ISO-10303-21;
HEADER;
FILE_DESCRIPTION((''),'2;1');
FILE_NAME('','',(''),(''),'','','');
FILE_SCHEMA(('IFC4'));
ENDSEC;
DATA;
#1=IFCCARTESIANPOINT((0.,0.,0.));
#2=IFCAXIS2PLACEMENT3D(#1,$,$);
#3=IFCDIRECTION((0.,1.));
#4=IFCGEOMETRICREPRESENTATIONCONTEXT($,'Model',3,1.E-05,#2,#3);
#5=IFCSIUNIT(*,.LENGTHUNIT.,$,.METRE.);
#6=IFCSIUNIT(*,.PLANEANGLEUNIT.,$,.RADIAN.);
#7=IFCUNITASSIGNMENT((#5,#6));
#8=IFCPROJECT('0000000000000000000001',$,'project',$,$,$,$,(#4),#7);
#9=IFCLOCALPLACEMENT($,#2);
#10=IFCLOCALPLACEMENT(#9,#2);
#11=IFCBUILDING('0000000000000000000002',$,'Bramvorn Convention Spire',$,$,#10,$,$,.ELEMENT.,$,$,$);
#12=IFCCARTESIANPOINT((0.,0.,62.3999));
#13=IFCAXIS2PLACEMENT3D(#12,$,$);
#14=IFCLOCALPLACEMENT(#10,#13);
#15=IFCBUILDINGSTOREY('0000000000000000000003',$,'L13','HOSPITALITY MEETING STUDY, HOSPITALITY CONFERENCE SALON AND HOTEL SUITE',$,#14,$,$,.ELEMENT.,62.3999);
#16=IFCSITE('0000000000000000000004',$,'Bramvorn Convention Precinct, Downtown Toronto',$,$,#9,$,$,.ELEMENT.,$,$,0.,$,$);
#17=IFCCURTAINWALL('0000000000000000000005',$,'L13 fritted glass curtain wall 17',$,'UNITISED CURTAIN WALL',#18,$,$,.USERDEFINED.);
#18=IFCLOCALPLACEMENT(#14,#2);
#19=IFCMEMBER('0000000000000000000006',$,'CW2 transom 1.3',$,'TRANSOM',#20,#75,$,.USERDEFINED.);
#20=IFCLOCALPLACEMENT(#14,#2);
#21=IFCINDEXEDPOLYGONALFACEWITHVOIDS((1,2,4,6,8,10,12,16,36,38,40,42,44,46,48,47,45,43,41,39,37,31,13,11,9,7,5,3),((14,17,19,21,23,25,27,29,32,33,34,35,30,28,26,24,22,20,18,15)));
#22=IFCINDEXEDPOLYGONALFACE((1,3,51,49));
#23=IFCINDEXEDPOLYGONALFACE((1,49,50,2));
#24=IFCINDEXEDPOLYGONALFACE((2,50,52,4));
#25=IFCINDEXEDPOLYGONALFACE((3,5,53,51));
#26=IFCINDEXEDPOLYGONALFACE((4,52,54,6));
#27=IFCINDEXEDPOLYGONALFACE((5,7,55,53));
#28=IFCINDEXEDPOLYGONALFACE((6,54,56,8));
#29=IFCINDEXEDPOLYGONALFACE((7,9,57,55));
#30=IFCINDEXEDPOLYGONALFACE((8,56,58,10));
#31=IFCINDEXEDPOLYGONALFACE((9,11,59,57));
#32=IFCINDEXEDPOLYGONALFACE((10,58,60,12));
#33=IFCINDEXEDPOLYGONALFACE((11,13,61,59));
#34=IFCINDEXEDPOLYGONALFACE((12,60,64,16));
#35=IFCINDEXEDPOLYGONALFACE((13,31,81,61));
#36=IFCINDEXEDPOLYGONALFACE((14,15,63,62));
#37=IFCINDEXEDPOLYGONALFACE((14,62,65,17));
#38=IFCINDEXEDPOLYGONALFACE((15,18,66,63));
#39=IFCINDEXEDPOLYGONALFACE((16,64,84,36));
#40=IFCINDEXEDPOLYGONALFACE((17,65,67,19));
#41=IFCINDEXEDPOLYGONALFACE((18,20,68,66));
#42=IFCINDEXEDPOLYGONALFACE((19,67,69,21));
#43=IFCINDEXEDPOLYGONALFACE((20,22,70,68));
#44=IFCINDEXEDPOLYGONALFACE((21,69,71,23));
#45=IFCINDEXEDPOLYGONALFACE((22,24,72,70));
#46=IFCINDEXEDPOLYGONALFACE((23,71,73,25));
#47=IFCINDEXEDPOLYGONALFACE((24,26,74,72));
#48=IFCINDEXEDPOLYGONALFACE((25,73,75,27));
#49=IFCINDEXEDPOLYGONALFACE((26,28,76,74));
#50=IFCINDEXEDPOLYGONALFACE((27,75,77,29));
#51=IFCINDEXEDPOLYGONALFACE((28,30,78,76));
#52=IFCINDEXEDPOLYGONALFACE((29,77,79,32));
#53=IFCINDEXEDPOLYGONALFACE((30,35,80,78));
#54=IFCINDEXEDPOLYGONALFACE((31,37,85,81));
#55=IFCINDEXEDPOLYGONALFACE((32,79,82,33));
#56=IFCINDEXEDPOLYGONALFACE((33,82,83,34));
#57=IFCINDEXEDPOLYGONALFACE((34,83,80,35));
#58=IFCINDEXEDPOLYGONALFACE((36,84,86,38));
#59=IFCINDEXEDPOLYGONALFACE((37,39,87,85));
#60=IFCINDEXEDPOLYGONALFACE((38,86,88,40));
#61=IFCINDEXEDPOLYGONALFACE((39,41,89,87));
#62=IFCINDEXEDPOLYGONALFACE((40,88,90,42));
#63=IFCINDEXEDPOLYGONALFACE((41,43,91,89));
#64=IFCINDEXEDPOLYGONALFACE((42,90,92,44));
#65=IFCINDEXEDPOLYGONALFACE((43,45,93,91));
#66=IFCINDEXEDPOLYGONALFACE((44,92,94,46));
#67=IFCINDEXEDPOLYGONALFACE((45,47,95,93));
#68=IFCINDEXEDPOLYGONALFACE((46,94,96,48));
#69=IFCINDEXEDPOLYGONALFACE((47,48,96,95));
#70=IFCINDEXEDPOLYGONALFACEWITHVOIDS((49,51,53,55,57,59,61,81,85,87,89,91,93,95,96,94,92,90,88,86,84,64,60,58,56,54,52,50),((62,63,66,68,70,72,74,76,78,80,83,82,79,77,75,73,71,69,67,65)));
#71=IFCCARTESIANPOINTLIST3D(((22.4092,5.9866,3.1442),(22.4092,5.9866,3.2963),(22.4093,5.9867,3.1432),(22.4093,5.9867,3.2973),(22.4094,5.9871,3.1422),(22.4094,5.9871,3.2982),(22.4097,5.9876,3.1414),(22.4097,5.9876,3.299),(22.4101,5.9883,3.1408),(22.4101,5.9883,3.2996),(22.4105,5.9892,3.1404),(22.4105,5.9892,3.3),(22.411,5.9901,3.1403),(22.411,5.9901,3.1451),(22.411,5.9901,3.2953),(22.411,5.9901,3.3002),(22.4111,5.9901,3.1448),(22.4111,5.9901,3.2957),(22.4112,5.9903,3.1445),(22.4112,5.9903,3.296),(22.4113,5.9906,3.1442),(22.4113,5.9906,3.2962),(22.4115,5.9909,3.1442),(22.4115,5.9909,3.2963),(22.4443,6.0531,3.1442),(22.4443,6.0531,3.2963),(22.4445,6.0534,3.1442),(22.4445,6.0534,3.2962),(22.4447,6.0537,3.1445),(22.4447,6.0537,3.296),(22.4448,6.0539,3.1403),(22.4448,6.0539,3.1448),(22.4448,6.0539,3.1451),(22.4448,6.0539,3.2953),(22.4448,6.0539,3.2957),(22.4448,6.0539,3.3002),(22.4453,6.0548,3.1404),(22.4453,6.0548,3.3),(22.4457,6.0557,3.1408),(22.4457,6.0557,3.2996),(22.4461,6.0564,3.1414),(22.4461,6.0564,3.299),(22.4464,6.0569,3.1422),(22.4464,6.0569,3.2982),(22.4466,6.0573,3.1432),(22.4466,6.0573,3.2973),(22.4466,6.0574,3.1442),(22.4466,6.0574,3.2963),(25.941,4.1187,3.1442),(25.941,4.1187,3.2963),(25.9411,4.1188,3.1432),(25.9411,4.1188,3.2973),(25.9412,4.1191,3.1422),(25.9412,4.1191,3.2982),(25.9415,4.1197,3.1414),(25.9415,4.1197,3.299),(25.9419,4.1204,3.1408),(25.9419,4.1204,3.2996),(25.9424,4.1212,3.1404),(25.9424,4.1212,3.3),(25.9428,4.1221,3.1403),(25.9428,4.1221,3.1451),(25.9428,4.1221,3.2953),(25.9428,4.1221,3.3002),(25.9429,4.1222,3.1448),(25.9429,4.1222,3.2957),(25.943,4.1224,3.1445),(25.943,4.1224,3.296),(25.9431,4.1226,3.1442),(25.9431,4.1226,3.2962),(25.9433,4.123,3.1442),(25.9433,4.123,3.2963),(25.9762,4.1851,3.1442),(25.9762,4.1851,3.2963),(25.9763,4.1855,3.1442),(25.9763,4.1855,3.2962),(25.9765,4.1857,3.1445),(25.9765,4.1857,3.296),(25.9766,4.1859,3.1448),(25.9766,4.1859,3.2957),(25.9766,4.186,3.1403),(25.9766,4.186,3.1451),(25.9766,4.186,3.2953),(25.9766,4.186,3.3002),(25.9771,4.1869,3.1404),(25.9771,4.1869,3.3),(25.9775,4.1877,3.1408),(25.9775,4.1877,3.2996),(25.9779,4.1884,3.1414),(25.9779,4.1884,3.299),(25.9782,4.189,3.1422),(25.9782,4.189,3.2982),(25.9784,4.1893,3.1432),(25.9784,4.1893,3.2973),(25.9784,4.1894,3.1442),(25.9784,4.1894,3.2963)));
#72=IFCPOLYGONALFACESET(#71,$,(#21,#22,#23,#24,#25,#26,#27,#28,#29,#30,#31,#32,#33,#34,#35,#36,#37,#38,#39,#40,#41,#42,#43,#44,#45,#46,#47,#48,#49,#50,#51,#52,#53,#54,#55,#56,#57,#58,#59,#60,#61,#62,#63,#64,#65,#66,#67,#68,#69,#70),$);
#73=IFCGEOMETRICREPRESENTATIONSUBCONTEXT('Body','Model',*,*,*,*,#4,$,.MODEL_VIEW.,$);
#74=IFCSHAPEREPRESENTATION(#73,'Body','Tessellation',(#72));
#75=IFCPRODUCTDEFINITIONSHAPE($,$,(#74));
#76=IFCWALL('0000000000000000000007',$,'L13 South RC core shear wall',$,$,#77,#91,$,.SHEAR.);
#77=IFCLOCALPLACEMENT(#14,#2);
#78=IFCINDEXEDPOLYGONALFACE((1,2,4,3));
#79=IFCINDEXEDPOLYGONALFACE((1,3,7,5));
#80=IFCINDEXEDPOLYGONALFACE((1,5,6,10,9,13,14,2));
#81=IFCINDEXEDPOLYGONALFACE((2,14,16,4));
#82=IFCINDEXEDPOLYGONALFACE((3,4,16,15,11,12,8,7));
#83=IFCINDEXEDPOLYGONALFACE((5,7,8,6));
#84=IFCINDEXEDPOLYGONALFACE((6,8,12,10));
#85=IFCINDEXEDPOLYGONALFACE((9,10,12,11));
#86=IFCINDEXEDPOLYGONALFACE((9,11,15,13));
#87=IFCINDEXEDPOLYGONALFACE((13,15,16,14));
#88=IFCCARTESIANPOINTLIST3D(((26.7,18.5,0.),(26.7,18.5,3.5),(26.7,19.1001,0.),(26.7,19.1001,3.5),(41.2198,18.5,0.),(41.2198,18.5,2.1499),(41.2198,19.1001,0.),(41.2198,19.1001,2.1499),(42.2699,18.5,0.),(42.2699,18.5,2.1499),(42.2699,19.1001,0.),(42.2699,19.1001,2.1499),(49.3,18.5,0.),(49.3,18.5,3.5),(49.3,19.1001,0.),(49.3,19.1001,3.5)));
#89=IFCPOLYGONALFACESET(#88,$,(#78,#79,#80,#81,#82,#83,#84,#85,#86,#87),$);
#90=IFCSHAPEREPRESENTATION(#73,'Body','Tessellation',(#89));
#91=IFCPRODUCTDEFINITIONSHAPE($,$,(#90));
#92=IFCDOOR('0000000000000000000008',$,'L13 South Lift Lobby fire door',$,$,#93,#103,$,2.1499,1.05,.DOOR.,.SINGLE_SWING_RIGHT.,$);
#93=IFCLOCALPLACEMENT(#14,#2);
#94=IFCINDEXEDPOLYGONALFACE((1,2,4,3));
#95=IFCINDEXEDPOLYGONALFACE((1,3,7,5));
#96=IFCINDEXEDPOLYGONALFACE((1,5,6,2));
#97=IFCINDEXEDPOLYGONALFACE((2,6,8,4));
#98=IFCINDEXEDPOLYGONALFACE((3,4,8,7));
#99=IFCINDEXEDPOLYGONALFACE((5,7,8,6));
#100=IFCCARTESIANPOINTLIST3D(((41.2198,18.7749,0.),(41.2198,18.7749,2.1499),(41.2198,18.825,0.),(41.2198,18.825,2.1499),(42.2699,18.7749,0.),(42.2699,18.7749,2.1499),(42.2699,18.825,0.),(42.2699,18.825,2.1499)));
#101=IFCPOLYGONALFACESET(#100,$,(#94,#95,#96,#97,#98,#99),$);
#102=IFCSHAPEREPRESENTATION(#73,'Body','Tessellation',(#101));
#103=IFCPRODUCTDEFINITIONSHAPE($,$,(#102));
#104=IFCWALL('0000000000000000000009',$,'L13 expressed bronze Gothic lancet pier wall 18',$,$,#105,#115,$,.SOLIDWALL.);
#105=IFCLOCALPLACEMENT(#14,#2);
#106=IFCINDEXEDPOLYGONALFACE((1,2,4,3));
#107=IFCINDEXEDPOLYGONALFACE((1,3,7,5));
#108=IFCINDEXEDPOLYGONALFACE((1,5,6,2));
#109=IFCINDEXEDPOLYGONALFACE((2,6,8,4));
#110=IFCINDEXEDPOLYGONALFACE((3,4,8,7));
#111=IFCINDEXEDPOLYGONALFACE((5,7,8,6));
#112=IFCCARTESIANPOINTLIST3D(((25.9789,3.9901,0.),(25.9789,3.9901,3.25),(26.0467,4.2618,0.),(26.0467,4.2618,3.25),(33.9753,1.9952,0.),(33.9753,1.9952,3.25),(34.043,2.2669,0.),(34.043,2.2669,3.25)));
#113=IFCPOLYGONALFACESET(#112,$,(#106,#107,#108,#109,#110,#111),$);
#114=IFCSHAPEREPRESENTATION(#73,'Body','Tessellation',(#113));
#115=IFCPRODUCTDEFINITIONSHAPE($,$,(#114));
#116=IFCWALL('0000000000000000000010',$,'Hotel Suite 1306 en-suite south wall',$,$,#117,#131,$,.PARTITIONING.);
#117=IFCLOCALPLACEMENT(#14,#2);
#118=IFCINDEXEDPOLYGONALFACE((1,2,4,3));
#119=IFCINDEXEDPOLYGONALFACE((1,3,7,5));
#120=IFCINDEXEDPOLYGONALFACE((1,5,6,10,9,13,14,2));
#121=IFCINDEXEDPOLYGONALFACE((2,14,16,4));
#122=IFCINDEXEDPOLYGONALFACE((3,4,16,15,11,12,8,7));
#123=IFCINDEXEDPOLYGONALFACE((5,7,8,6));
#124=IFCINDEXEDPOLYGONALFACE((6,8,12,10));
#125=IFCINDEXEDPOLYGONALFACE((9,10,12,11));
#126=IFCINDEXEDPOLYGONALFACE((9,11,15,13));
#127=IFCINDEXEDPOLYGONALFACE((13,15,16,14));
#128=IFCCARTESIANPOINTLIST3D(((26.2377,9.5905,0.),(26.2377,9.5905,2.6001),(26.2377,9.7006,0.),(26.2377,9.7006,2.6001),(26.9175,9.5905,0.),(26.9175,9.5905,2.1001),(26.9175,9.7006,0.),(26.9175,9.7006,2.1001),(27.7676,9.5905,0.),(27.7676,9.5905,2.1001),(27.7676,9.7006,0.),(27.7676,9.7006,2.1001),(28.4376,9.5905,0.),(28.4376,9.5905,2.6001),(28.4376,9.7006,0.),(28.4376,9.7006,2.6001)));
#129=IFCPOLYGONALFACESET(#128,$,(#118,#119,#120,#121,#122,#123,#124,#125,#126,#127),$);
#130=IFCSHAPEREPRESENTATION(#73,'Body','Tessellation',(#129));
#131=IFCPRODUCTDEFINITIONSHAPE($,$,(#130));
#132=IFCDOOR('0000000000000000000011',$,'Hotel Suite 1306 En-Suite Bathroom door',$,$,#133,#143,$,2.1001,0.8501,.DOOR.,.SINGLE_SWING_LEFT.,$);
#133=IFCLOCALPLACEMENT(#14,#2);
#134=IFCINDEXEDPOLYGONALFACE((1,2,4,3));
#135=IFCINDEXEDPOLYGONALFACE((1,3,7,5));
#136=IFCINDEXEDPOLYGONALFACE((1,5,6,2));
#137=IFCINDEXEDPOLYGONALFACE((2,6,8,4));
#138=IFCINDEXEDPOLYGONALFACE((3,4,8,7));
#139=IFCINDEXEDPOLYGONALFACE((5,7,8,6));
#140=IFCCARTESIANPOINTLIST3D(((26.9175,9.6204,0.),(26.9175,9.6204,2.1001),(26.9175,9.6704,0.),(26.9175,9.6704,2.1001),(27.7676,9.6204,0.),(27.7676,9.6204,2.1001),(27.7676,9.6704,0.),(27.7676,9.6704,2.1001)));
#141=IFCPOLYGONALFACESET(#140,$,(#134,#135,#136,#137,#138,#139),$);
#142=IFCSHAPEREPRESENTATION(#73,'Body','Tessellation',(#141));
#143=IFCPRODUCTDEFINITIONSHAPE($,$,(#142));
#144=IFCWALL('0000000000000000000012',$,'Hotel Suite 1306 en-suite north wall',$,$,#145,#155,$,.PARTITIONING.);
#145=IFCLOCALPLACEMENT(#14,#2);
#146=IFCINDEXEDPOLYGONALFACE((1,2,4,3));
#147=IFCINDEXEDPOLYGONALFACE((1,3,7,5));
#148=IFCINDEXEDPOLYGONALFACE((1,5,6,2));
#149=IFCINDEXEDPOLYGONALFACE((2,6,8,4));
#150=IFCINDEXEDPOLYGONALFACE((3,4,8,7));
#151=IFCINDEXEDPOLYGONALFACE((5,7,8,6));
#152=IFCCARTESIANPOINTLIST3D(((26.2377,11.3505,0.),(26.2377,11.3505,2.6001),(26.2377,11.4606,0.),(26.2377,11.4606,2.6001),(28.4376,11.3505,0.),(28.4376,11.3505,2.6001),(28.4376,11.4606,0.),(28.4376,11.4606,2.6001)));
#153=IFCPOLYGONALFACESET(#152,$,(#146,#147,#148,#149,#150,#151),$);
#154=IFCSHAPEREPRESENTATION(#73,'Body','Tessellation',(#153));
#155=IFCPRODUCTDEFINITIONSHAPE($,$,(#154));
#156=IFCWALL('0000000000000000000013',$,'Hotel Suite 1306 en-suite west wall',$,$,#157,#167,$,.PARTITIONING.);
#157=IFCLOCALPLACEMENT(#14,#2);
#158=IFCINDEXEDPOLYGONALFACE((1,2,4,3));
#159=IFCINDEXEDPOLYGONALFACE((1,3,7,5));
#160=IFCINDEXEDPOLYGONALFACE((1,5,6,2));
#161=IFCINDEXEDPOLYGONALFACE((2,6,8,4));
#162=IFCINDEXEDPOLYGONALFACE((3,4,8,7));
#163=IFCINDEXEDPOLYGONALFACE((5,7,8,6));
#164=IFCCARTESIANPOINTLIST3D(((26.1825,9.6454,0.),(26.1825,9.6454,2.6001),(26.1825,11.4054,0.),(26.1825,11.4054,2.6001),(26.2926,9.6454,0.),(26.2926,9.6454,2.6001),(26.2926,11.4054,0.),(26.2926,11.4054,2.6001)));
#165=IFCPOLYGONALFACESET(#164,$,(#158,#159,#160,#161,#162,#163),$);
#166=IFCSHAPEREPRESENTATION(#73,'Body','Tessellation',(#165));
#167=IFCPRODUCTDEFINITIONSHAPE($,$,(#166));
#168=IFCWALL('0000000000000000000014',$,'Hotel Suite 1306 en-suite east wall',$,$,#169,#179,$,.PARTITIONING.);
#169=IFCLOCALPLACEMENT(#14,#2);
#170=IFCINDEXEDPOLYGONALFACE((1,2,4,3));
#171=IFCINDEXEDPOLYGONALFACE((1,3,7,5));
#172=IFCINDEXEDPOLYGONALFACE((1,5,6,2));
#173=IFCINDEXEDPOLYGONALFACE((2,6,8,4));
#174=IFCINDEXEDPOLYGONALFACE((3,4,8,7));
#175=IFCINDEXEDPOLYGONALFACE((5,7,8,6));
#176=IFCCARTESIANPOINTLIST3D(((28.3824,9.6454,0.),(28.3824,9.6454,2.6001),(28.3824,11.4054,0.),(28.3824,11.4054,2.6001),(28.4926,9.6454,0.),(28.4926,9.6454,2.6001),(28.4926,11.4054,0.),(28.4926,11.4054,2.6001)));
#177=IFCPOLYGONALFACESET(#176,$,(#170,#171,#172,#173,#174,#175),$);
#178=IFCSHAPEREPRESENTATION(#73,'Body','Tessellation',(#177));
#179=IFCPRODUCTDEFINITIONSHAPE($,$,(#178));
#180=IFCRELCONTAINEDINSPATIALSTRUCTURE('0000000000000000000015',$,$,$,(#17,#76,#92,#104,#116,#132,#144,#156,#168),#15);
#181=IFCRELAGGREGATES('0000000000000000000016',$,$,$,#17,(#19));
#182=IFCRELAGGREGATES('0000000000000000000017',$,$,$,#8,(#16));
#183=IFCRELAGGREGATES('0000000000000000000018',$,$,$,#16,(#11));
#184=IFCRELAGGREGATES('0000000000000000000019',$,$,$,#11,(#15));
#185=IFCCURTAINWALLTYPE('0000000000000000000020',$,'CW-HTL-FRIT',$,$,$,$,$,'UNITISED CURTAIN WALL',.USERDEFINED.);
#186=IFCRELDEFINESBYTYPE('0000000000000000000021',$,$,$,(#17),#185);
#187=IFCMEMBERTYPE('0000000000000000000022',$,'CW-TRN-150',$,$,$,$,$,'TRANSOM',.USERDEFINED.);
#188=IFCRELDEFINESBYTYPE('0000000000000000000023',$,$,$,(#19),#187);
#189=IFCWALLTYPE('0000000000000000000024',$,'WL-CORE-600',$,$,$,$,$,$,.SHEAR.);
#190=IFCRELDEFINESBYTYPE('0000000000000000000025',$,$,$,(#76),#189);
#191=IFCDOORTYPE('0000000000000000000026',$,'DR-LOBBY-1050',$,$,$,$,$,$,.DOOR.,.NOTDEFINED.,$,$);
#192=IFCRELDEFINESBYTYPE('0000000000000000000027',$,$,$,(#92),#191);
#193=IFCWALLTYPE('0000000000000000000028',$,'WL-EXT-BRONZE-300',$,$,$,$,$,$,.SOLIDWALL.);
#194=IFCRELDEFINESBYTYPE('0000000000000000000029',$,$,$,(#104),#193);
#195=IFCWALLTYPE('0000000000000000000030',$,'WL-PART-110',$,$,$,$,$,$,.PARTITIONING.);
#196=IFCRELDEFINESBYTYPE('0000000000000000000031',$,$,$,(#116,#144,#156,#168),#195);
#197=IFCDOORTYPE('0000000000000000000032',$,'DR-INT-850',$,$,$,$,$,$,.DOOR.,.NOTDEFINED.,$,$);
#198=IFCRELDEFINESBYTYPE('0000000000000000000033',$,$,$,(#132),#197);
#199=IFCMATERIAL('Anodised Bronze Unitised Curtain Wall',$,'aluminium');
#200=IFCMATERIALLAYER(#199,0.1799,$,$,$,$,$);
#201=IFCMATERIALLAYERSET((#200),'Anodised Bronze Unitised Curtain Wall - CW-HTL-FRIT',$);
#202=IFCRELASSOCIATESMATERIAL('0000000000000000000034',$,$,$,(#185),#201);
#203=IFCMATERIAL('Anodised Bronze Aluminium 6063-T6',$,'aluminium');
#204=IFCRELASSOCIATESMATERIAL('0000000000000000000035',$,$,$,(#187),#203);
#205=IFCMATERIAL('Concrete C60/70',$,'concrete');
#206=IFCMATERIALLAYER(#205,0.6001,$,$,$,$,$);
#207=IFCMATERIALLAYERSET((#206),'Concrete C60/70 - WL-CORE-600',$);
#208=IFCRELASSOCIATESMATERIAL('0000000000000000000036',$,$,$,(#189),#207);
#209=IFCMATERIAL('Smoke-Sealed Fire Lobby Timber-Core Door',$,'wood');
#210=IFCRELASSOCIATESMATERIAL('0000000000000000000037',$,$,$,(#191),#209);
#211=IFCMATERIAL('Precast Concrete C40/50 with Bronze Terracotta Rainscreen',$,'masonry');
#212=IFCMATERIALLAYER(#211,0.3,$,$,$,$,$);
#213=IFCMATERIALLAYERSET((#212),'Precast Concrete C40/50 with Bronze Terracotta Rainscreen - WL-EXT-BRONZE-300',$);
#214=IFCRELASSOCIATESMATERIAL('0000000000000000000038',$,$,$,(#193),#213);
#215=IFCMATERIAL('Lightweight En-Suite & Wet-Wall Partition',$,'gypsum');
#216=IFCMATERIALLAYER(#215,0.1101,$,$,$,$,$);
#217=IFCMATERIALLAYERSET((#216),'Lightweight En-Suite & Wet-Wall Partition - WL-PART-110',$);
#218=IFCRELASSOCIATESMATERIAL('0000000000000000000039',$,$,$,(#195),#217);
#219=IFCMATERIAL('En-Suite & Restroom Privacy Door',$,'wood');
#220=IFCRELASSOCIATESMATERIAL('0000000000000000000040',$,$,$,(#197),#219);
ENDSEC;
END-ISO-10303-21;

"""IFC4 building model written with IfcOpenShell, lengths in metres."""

from ifc_helpers import new_model, si_unit, direction, frame, frame_2d, origin, origin_2d, place, context, subcontext, project, spatial, rectangle, hollow_rectangle, extrude, material, layer, layer_set, material_profile, profile_set, type_object, element, fill, aggregate, save


model = new_model("IFC4")

# Units and contexts
model_context = context("Model", 3, precision=1e-05, world=origin(), true_north=direction((0.0, 1.0)))
body_context = subcontext(model_context, "Body", "Model", "MODEL_VIEW")
ifc_project = project(units=[si_unit("LENGTHUNIT", "METRE"), si_unit("PLANEANGLEUNIT", "RADIAN")], contexts=[model_context])

# Site, building, storey
site_placement = place(None, origin())
site = spatial("IfcSite", under=ifc_project, at=site_placement, Name="Bramvorn Convention Precinct, Downtown Toronto", CompositionType="ELEMENT", RefElevation=0.0)
building_placement = place(site_placement, origin())
building = spatial("IfcBuilding", under=site, at=building_placement, Name="Bramvorn Convention Spire", CompositionType="ELEMENT")
storey_placement = place(building_placement, frame((0.0, 0.0, 62.3999)))
storey = spatial("IfcBuildingStorey", under=building, at=storey_placement, Name="L13", Description="HOSPITALITY MEETING STUDY, HOSPITALITY CONFERENCE SALON AND HOTEL SUITE", CompositionType="ELEMENT", Elevation=62.3999)

# Curtain wall, member
ifc_material_1 = material(Name="Anodised Bronze Unitised Curtain Wall", Category="aluminium")
ifc_layer_1 = layer(ifc_material_1, 0.1799)
ifc_layer_set_1 = layer_set([ifc_layer_1], Name="Anodised Bronze Unitised Curtain Wall - CW-HTL-FRIT")
curtain_wall_type = type_object("IfcCurtainWallType", Name="CW-HTL-FRIT", ElementType="UNITISED CURTAIN WALL", PredefinedType="USERDEFINED", material=ifc_layer_set_1)
curtain_wall_placement = place(storey_placement, origin())
curtain_wall = element("IfcCurtainWall", 1, at=curtain_wall_placement, inside=storey, type_object=curtain_wall_type, Name="L13 fritted glass curtain wall 17", ObjectType="UNITISED CURTAIN WALL", PredefinedType="USERDEFINED")
ifc_material_2 = material(Name="Anodised Bronze Aluminium 6063-T6", Category="aluminium")
ifc_material_profile_1 = material_profile(ifc_material_2, hollow_rectangle(XDim=0.0801, YDim=0.1599, WallThickness=0.0039, InnerFilletRadius=0.001, OuterFilletRadius=0.0039, at=origin_2d()))
ifc_profile_set_1 = profile_set([ifc_material_profile_1], Name="Anodised Bronze Aluminium 6063-T6 - CWT80X160")
member_type_1 = type_object("IfcMemberType", Name="CW-TRN-150", ElementType="TRANSOM", PredefinedType="USERDEFINED", material=ifc_profile_set_1)
member_1_placement = place(storey_placement, frame((25.9597, 4.1541, 3.2202), z_axis=(-0.883977, 0.467531, 0.0), x_axis=(-0.467531, -0.883977, 0.0)))
member_1 = element("IfcMember", 2, at=member_1_placement, type_object=member_type_1, Name="CW2 transom 1.3", ObjectType="TRANSOM", PredefinedType="USERDEFINED", context=body_context, shape_type="SweptSolid", body=[
    extrude(hollow_rectangle(XDim=0.0801, YDim=0.1599, WallThickness=0.0039, InnerFilletRadius=0.001, OuterFilletRadius=0.0039, at=origin_2d()), origin(), (0.0, 0.0, 1.0), 3.9954),
])
aggregate(curtain_wall, [member_1])

# Wall, opening, door
ifc_material_3 = material(Name="Concrete C60/70", Category="concrete")
ifc_layer_2 = layer(ifc_material_3, 0.6001)
ifc_layer_set_2 = layer_set([ifc_layer_2], Name="Concrete C60/70 - WL-CORE-600")
wall_type_1 = type_object("IfcWallType", Name="WL-CORE-600", PredefinedType="SHEAR", material=ifc_layer_set_2)
wall_1_placement = place(storey_placement, frame((26.7, 18.8, 0.0), z_axis=(0.0, 0.0, 1.0), x_axis=(1.0, 0.0, 0.0)))
wall_1 = element("IfcWall", 3, at=wall_1_placement, inside=storey, type_object=wall_type_1, Name="L13 South RC core shear wall", PredefinedType="SHEAR", context=body_context, shape_type="SweptSolid", body=[
    extrude(rectangle(XDim=22.6001, YDim=0.6001, at=frame_2d((11.3, 0.0))), origin(), (0.0, 0.0, 1.0), 3.5),
])
opening_1_placement = place(wall_1_placement, frame((14.52, 0.0, 0.0)))
opening_1 = element("IfcOpeningElement", 4, at=opening_1_placement, cuts=wall_1, PredefinedType="OPENING", context=body_context, shape_type="SweptSolid", body=[
    extrude(rectangle(XDim=1.05, YDim=2.1499, at=frame_2d((0.5249, 1.075))), frame((0.0, 0.3101, 0.0), z_axis=(0.0, -1.0, 0.0), x_axis=(1.0, 0.0, 0.0)), (0.0, 0.0, 1.0), 0.6201),
])
ifc_material_4 = material(Name="Smoke-Sealed Fire Lobby Timber-Core Door", Category="wood")
door_type_1 = type_object("IfcDoorType", Name="DR-LOBBY-1050", OperationType="NOTDEFINED", PredefinedType="DOOR", material=ifc_material_4)
door_1_placement = place(opening_1_placement, origin())
door_1 = element("IfcDoor", 5, at=door_1_placement, inside=storey, type_object=door_type_1, Name="L13 South Lift Lobby fire door", OperationType="SINGLE_SWING_RIGHT", OverallHeight=2.1499, OverallWidth=1.05, PredefinedType="DOOR", context=body_context, shape_type="SweptSolid", body=[
    extrude(rectangle(XDim=1.05, YDim=2.1499, at=frame_2d((0.5249, 1.075))), frame((0.0, 0.0249, 0.0), z_axis=(0.0, -1.0, 0.0), x_axis=(1.0, 0.0, 0.0)), (0.0, 0.0, 1.0), 0.05),
])
fill(opening_1, door_1)

# Wall
ifc_material_5 = material(Name="Precast Concrete C40/50 with Bronze Terracotta Rainscreen", Category="masonry")
ifc_layer_3 = layer(ifc_material_5, 0.3)
ifc_layer_set_3 = layer_set([ifc_layer_3], Name="Precast Concrete C40/50 with Bronze Terracotta Rainscreen - WL-EXT-BRONZE-300")
wall_type_2 = type_object("IfcWallType", Name="WL-EXT-BRONZE-300", PredefinedType="SOLIDWALL", material=ifc_layer_set_3)
wall_2_placement = place(storey_placement, frame((34.009, 2.1311, 0.0), z_axis=(0.0, 0.0, 1.0), x_axis=(-0.970263, 0.242055, 0.0)))
element("IfcWall", 6, at=wall_2_placement, inside=storey, type_object=wall_type_2, Name="L13 expressed bronze Gothic lancet pier wall 18", PredefinedType="SOLIDWALL", context=body_context, shape_type="SweptSolid", body=[
    extrude(rectangle(XDim=8.2415, YDim=0.28, at=frame_2d((4.1206, 0.0))), origin(), (0.0, 0.0, 1.0), 3.25),
])

# Wall, opening, door
ifc_material_6 = material(Name="Lightweight En-Suite & Wet-Wall Partition", Category="gypsum")
ifc_layer_4 = layer(ifc_material_6, 0.1101)
ifc_layer_set_4 = layer_set([ifc_layer_4], Name="Lightweight En-Suite & Wet-Wall Partition - WL-PART-110")
wall_type_3 = type_object("IfcWallType", Name="WL-PART-110", PredefinedType="PARTITIONING", material=ifc_layer_set_4)
wall_3_placement = place(storey_placement, frame((26.2375, 9.6455, 0.0), z_axis=(0.0, 0.0, 1.0), x_axis=(1.0, 0.0, 0.0)))
wall_3 = element("IfcWall", 7, at=wall_3_placement, inside=storey, type_object=wall_type_3, Name="Hotel Suite 1306 en-suite south wall", PredefinedType="PARTITIONING", context=body_context, shape_type="SweptSolid", body=[
    extrude(rectangle(XDim=2.2, YDim=0.1101, at=frame_2d((1.1001, 0.0))), origin(), (0.0, 0.0, 1.0), 2.6001),
])
opening_2_placement = place(wall_3_placement, frame((0.6799, 0.0, 0.0)))
opening_2 = element("IfcOpeningElement", 8, at=opening_2_placement, cuts=wall_3, PredefinedType="OPENING", context=body_context, shape_type="SweptSolid", body=[
    extrude(rectangle(XDim=0.8501, YDim=2.1001, at=frame_2d((0.425, 1.05))), frame((0.0, 0.0649, 0.0), z_axis=(0.0, -1.0, 0.0), x_axis=(1.0, 0.0, 0.0)), (0.0, 0.0, 1.0), 0.1301),
])
ifc_material_7 = material(Name="En-Suite & Restroom Privacy Door", Category="wood")
door_type_2 = type_object("IfcDoorType", Name="DR-INT-850", OperationType="NOTDEFINED", PredefinedType="DOOR", material=ifc_material_7)
door_2_placement = place(opening_2_placement, origin())
door_2 = element("IfcDoor", 9, at=door_2_placement, inside=storey, type_object=door_type_2, Name="Hotel Suite 1306 En-Suite Bathroom door", OperationType="SINGLE_SWING_LEFT", OverallHeight=2.1001, OverallWidth=0.8501, PredefinedType="DOOR", context=body_context, shape_type="SweptSolid", body=[
    extrude(rectangle(XDim=0.8501, YDim=2.1001, at=frame_2d((0.425, 1.05))), frame((0.0, 0.0249, 0.0), z_axis=(0.0, -1.0, 0.0), x_axis=(1.0, 0.0, 0.0)), (0.0, 0.0, 1.0), 0.05),
])
fill(opening_2, door_2)

# Walls
wall_4_placement = place(storey_placement, frame((26.2375, 11.4055, 0.0), z_axis=(0.0, 0.0, 1.0), x_axis=(1.0, 0.0, 0.0)))
element("IfcWall", 10, at=wall_4_placement, inside=storey, type_object=wall_type_3, Name="Hotel Suite 1306 en-suite north wall", PredefinedType="PARTITIONING", context=body_context, shape_type="SweptSolid", body=[
    extrude(rectangle(XDim=2.2, YDim=0.1101, at=frame_2d((1.1001, 0.0))), origin(), (0.0, 0.0, 1.0), 2.6001),
])
for number, where, z_axis, x_axis, name in (
    (11, (26.2375, 9.6455, 0.0), (0.0, 0.0, 1.0), (0.0, 1.0, 0.0), "Hotel Suite 1306 en-suite west wall"),
    (12, (28.4375, 9.6455, 0.0), (0.0, 0.0, 1.0), (0.0, 1.0, 0.0), "Hotel Suite 1306 en-suite east wall"),
):
    element("IfcWall", number, at=place(storey_placement, frame(where, z_axis=z_axis, x_axis=x_axis)), inside=storey, type_object=wall_type_3, Name=name, PredefinedType="PARTITIONING", context=body_context, shape_type="SweptSolid", body=[
        extrude(rectangle(XDim=1.76, YDim=0.1101, at=frame_2d((0.8799, 0.0))), origin(), (0.0, 0.0, 1.0), 2.6001),
    ])

save(model, "model.ifc")
